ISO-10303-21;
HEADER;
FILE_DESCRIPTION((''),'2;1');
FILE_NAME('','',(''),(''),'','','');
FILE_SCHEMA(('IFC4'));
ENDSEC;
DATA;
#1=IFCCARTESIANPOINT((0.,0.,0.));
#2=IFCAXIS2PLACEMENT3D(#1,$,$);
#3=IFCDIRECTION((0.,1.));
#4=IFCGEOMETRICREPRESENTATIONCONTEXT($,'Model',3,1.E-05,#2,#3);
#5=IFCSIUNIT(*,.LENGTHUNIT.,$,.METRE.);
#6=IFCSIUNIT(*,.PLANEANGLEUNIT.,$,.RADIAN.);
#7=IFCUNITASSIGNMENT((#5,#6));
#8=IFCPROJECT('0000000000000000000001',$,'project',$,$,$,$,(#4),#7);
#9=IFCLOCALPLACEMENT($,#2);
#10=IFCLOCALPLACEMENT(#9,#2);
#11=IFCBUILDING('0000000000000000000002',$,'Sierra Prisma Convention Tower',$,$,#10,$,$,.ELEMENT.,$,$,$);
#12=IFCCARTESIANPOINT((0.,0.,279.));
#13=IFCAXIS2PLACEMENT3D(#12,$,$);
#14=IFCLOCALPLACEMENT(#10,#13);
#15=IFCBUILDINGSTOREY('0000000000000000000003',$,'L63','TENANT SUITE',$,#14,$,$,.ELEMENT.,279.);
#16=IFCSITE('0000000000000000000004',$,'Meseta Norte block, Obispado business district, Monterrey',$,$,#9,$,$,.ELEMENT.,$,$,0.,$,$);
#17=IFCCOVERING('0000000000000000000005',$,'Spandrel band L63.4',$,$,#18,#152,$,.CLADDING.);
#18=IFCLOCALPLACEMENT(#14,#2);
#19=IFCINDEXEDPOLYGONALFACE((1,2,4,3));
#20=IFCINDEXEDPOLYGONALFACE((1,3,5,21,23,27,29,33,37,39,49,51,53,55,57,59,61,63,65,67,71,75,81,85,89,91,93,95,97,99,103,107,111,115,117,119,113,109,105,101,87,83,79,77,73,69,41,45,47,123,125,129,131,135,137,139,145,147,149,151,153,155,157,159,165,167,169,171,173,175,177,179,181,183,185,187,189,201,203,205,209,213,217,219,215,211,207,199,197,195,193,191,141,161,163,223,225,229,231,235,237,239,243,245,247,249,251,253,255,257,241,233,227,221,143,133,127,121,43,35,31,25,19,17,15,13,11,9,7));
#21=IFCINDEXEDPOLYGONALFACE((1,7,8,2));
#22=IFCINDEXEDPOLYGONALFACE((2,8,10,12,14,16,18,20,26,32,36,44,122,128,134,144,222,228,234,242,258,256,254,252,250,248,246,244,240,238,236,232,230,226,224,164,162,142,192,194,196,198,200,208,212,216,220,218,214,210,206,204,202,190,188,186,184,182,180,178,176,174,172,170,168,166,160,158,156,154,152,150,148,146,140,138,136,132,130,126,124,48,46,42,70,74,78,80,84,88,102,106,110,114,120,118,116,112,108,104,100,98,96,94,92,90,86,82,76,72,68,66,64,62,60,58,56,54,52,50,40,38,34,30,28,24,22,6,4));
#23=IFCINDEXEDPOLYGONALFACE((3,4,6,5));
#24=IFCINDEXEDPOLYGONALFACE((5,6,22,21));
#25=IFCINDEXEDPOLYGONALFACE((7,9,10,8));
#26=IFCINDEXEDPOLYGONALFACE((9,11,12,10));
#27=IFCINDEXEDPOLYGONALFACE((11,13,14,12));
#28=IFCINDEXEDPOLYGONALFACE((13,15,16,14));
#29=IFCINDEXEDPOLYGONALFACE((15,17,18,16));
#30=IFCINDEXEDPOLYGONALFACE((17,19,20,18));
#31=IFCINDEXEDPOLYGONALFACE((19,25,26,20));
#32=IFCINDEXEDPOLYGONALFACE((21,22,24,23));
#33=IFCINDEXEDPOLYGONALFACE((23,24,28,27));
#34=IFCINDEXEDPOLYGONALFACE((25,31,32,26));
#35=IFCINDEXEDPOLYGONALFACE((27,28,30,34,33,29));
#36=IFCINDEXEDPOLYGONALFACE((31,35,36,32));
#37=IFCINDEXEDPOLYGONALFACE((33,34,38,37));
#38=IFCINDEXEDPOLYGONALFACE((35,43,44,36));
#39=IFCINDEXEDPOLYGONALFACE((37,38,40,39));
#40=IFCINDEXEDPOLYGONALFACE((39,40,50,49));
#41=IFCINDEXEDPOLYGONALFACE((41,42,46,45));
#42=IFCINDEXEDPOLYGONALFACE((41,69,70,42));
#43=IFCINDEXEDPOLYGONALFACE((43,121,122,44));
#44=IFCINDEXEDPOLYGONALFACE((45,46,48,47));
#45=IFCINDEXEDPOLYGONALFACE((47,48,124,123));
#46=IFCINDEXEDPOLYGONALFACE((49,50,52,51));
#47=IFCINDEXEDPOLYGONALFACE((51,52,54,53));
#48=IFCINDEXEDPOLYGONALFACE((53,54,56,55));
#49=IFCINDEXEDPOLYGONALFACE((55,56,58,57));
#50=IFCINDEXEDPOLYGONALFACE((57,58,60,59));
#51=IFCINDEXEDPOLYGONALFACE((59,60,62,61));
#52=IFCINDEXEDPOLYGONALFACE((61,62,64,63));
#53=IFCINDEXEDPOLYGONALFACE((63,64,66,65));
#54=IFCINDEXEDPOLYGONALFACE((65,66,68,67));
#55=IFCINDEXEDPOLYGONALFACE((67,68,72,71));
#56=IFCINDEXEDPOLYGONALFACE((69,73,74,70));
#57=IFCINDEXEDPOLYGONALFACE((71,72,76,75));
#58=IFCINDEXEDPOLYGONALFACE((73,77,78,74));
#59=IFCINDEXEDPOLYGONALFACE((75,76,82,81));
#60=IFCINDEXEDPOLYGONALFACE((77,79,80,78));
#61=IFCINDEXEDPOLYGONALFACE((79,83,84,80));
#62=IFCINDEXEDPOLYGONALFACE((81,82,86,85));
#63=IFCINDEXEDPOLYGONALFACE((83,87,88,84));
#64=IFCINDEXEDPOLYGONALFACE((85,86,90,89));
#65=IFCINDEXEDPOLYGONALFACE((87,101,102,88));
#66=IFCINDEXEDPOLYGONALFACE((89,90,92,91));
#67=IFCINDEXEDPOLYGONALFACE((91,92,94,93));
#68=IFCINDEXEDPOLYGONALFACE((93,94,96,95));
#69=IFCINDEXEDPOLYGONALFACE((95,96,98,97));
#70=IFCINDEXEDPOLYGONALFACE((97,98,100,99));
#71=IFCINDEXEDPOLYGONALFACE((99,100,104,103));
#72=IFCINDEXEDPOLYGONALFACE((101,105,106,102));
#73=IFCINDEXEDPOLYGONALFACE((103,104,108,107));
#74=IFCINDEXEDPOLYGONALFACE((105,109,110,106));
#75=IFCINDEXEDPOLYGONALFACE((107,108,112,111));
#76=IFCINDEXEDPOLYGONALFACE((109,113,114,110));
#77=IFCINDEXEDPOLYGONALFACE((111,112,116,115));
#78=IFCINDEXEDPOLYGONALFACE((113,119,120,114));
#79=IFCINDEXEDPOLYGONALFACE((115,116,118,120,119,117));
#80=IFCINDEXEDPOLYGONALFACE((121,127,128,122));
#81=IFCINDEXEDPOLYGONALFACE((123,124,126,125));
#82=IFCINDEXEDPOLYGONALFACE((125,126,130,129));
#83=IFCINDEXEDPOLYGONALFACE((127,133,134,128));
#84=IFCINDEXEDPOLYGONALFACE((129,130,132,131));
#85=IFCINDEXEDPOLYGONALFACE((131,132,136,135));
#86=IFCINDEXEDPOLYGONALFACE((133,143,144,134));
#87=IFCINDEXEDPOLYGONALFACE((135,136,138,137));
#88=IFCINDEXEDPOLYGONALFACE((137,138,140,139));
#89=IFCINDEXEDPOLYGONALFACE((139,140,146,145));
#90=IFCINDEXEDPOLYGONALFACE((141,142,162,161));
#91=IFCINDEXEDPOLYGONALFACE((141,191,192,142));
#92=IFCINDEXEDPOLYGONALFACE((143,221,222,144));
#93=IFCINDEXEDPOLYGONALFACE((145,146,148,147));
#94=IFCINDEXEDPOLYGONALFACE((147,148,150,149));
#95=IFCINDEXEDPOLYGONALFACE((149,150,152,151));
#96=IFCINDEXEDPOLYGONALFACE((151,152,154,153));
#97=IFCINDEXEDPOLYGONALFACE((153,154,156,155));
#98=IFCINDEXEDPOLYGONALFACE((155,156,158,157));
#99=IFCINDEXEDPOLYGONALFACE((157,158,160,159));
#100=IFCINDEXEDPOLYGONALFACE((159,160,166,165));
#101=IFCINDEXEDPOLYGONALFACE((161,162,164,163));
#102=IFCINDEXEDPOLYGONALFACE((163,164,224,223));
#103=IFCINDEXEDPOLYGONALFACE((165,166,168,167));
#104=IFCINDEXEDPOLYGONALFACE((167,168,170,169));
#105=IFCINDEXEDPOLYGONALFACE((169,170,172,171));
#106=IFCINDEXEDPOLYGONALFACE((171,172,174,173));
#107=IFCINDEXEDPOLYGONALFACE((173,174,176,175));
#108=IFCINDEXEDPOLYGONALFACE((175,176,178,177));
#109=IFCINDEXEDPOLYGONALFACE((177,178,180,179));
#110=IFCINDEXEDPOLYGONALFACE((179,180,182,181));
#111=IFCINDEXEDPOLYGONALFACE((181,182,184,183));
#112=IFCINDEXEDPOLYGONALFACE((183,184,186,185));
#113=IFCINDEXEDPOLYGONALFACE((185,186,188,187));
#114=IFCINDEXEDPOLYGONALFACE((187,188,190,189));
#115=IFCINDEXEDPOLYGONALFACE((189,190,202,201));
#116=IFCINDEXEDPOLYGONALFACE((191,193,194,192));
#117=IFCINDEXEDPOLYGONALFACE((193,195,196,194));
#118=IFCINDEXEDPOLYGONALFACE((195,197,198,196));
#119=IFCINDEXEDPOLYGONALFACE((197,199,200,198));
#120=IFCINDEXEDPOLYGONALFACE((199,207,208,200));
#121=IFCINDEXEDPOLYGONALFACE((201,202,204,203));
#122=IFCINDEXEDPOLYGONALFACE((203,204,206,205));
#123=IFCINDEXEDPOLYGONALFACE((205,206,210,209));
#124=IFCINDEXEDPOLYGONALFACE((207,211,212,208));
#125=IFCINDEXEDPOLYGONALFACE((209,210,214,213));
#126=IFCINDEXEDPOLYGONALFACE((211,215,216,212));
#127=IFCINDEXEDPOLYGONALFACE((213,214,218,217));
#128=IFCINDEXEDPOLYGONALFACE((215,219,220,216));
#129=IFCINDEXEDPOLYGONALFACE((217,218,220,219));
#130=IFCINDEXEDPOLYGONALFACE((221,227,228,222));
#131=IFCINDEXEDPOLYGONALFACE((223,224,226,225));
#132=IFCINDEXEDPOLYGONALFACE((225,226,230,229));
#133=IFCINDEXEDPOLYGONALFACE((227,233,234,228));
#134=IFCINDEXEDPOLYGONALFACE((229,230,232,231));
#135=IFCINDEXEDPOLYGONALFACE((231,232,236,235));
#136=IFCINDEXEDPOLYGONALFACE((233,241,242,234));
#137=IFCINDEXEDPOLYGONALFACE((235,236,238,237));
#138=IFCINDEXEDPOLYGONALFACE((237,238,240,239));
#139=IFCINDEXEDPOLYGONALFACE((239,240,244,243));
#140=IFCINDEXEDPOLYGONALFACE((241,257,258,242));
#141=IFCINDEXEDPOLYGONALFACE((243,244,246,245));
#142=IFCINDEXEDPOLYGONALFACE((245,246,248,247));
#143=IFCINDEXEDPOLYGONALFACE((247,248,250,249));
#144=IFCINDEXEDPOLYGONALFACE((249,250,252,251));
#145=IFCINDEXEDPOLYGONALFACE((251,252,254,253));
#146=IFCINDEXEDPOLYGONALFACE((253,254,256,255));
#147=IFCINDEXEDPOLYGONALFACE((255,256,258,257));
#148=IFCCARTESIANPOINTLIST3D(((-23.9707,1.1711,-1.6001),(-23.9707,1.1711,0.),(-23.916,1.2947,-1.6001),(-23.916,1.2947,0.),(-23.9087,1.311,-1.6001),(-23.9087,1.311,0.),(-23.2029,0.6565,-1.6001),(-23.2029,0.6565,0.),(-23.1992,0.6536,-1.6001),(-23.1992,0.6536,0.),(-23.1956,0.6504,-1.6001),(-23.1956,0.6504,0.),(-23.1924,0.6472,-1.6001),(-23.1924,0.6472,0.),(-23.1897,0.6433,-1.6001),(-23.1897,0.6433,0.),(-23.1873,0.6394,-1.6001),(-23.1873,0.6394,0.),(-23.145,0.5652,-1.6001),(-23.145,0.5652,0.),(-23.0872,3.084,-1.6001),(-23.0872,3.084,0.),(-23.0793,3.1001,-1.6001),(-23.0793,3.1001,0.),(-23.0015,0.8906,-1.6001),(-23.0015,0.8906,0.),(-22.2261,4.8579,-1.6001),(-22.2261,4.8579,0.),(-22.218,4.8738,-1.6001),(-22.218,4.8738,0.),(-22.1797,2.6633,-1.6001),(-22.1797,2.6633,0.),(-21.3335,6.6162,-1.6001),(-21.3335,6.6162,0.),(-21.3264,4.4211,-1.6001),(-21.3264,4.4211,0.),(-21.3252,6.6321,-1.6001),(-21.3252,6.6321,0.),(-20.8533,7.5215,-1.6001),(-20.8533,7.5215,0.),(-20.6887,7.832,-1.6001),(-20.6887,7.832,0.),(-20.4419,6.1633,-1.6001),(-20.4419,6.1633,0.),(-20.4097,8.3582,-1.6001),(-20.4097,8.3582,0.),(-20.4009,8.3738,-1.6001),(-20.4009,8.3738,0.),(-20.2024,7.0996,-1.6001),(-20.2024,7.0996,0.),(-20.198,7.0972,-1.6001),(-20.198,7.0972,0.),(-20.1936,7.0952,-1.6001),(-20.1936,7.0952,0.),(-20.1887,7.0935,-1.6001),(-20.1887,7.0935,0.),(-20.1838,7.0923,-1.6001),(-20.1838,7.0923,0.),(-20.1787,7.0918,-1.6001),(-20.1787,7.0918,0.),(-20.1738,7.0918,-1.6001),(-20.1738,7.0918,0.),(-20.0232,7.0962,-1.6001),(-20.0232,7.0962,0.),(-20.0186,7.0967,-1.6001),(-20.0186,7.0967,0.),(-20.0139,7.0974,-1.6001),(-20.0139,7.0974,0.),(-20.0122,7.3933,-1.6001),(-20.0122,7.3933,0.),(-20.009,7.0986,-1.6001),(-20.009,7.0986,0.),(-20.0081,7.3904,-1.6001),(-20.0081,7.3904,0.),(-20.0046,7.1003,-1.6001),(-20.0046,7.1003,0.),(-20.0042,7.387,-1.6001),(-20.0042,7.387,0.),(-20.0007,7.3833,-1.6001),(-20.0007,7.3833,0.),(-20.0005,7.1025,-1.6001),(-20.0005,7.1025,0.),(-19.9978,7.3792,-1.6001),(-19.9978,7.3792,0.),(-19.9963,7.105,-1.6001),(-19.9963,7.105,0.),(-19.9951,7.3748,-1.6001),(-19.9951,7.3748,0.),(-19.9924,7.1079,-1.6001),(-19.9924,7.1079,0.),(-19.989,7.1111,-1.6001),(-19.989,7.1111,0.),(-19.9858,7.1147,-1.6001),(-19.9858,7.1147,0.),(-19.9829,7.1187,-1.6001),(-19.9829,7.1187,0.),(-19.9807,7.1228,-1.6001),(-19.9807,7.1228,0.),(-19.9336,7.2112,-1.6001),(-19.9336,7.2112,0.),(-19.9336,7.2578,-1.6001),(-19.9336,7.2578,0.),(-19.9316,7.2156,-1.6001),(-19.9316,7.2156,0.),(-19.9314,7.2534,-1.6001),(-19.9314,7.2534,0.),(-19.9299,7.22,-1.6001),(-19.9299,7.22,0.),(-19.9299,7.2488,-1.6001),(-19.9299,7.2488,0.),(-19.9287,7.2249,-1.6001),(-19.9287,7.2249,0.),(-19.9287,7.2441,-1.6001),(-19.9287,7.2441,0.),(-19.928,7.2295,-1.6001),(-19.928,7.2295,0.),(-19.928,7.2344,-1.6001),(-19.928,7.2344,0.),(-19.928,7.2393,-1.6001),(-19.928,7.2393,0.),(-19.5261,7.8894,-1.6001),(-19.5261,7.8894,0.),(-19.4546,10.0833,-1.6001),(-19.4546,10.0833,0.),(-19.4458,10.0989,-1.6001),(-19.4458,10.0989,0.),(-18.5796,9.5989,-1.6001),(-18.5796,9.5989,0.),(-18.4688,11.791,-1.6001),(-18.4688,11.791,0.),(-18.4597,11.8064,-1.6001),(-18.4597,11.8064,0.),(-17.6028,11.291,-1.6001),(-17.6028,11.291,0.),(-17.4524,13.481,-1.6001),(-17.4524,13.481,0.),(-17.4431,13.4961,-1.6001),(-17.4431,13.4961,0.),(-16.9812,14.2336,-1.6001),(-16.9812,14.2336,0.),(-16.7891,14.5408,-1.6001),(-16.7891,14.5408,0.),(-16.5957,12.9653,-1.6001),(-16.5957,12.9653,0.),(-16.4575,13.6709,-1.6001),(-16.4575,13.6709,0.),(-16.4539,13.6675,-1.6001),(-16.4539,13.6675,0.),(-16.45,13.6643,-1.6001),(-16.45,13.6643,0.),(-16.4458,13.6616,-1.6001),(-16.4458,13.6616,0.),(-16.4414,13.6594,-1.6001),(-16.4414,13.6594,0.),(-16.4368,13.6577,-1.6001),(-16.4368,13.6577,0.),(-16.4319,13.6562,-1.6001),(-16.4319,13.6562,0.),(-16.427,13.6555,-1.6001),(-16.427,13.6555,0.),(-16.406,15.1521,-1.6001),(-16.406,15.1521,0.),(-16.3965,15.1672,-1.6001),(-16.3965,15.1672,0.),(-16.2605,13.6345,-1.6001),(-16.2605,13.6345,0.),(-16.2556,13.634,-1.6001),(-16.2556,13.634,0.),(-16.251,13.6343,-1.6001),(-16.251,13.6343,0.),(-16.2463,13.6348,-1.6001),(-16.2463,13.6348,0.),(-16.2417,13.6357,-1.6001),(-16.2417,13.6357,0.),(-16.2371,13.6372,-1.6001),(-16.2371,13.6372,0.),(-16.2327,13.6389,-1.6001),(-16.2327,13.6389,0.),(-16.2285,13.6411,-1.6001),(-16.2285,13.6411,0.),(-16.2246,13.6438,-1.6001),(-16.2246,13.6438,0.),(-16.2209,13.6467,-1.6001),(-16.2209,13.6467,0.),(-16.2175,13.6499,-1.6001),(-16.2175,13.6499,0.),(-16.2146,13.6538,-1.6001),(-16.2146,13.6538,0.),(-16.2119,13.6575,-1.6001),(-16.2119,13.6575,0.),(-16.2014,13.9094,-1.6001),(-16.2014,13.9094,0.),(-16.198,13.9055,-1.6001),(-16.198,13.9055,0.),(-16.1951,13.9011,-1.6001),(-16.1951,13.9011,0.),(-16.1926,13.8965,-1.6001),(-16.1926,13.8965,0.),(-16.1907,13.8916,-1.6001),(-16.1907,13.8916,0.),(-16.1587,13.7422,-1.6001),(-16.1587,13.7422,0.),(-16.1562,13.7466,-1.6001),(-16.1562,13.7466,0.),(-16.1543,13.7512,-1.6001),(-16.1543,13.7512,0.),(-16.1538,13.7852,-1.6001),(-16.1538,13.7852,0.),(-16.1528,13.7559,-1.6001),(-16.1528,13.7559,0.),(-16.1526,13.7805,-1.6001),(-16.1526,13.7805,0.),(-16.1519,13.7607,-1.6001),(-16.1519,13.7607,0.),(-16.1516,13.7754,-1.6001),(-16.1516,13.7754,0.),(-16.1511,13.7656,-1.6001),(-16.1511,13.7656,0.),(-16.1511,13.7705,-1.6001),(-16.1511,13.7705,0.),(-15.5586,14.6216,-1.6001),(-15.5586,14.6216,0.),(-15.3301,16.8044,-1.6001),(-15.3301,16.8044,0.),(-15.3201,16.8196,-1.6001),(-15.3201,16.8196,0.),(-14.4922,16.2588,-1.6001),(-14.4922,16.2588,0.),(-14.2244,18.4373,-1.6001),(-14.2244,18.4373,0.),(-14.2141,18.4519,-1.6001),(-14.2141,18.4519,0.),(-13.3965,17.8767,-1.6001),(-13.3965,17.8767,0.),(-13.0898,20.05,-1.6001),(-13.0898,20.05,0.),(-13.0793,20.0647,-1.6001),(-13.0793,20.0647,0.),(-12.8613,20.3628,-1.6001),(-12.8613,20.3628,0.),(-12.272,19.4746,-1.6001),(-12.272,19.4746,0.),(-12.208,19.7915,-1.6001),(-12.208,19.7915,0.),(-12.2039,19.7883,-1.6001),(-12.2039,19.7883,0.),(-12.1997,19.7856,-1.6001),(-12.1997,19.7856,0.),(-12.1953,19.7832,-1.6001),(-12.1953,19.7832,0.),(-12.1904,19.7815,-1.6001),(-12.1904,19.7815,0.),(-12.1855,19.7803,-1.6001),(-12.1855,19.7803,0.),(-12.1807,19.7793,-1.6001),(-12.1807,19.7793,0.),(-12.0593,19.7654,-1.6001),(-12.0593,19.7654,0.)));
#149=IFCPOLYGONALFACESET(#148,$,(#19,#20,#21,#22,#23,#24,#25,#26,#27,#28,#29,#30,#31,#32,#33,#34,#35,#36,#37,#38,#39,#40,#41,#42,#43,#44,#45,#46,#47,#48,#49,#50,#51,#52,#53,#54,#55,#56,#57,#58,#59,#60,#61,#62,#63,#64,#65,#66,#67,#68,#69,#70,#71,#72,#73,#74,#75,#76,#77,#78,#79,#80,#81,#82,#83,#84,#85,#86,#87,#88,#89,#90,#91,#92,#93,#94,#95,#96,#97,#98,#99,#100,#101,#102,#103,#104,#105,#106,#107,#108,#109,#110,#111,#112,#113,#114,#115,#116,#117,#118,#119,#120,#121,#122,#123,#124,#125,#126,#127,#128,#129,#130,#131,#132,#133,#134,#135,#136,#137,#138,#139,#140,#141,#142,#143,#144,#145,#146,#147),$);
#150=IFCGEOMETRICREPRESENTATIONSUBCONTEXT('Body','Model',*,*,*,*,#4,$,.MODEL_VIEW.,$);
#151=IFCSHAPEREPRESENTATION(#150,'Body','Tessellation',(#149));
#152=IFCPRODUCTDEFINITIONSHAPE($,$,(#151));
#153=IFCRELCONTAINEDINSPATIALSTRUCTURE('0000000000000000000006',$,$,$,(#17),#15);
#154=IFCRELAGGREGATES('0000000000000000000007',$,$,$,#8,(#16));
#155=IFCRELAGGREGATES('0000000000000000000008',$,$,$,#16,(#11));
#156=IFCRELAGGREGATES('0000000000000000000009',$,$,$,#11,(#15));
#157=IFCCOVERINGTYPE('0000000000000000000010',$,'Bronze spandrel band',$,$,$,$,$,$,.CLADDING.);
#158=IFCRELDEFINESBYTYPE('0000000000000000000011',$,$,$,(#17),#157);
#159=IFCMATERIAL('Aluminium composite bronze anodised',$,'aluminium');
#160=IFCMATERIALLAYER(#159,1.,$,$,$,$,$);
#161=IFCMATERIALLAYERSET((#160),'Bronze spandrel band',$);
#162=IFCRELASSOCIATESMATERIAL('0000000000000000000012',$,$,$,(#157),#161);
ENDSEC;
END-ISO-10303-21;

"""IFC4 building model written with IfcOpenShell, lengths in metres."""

from ifc_helpers import new_model, si_unit, direction, frame, origin, place, context, subcontext, project, spatial, polyline, outline, extrude, material, layer, layer_set, type_object, element, save


model = new_model("IFC4")

# Units and contexts
model_context = context("Model", 3, precision=1e-05, world=origin(), true_north=direction((0.0, 1.0)))
body_context = subcontext(model_context, "Body", "Model", "MODEL_VIEW")
ifc_project = project(units=[si_unit("LENGTHUNIT", "METRE"), si_unit("PLANEANGLEUNIT", "RADIAN")], contexts=[model_context])

# Site, building, storey
site_placement = place(None, origin())
site = spatial("IfcSite", under=ifc_project, at=site_placement, Name="Meseta Norte block, Obispado business district, Monterrey", CompositionType="ELEMENT", RefElevation=0.0)
building_placement = place(site_placement, origin())
building = spatial("IfcBuilding", under=site, at=building_placement, Name="Sierra Prisma Convention Tower", CompositionType="ELEMENT")
storey_placement = place(building_placement, frame((0.0, 0.0, 279.0)))
storey = spatial("IfcBuildingStorey", under=building, at=storey_placement, Name="L63", Description="TENANT SUITE", CompositionType="ELEMENT", Elevation=279.0)

# Covering
ifc_material_1 = material(Name="Aluminium composite bronze anodised", Category="aluminium")
ifc_layer_1 = layer(ifc_material_1, 1.0)
ifc_layer_set_1 = layer_set([ifc_layer_1], Name="Bronze spandrel band")
covering_type = type_object("IfcCoveringType", Name="Bronze spandrel band", PredefinedType="CLADDING", material=ifc_layer_set_1)
covering_1_placement = place(storey_placement, frame((0.0, 0.0, -1.6001)))
element("IfcCovering", 1, at=covering_1_placement, inside=storey, type_object=covering_type, Name="Spandrel band L63.4", PredefinedType="CLADDING", context=body_context, shape_type="SweptSolid", body=[
    extrude(outline(polyline([(-21.3335, 6.6162), (-21.3252, 6.6321), (-20.8533, 7.5215), (-20.2024, 7.0996), (-20.198, 7.0972), (-20.1936, 7.0952), (-20.1887, 7.0935), (-20.1838, 7.0923), (-20.1787, 7.0918), (-20.1738, 7.0918), (-20.0232, 7.0962), (-20.0186, 7.0967), (-20.0139, 7.0974), (-20.009, 7.0986), (-20.0046, 7.1003), (-20.0005, 7.1025), (-19.9963, 7.105), (-19.9924, 7.1079), (-19.989, 7.1111), (-19.9858, 7.1147), (-19.9829, 7.1187), (-19.9807, 7.1228), (-19.9336, 7.2112), (-19.9316, 7.2156), (-19.9299, 7.22), (-19.9287, 7.2249), (-19.928, 7.2295), (-19.928, 7.2344), (-19.928, 7.2393), (-19.9287, 7.2441), (-19.9299, 7.2488), (-19.9314, 7.2534), (-19.9336, 7.2578), (-19.9951, 7.3748), (-19.9978, 7.3792), (-20.0007, 7.3833), (-20.0042, 7.387), (-20.0081, 7.3904), (-20.0122, 7.3933), (-20.6887, 7.832), (-20.4097, 8.3582), (-20.4009, 8.3738), (-19.4546, 10.0833), (-19.4458, 10.0989), (-18.4688, 11.791), (-18.4597, 11.8064), (-17.4524, 13.481), (-17.4431, 13.4961), (-16.9812, 14.2336), (-16.4575, 13.6709), (-16.4539, 13.6675), (-16.45, 13.6643), (-16.4458, 13.6616), (-16.4414, 13.6594), (-16.4368, 13.6577), (-16.4319, 13.6562), (-16.427, 13.6555), (-16.2605, 13.6345), (-16.2556, 13.634), (-16.251, 13.6343), (-16.2463, 13.6348), (-16.2417, 13.6357), (-16.2371, 13.6372), (-16.2327, 13.6389), (-16.2285, 13.6411), (-16.2246, 13.6438), (-16.2209, 13.6467), (-16.2175, 13.6499), (-16.2146, 13.6538), (-16.2119, 13.6575), (-16.1587, 13.7422), (-16.1562, 13.7466), (-16.1543, 13.7512), (-16.1528, 13.7559), (-16.1519, 13.7607), (-16.1511, 13.7656), (-16.1511, 13.7705), (-16.1516, 13.7754), (-16.1526, 13.7805), (-16.1538, 13.7852), (-16.1907, 13.8916), (-16.1926, 13.8965), (-16.1951, 13.9011), (-16.198, 13.9055), (-16.2014, 13.9094), (-16.7891, 14.5408), (-16.406, 15.1521), (-16.3965, 15.1672), (-15.3301, 16.8044), (-15.3201, 16.8196), (-14.2244, 18.4373), (-14.2141, 18.4519), (-13.0898, 20.05), (-13.0793, 20.0647), (-12.8613, 20.3628), (-12.208, 19.7915), (-12.2039, 19.7883), (-12.1997, 19.7856), (-12.1953, 19.7832), (-12.1904, 19.7815), (-12.1855, 19.7803), (-12.1807, 19.7793), (-12.0593, 19.7654), (-12.272, 19.4746), (-13.3965, 17.8767), (-14.4922, 16.2588), (-15.5586, 14.6216), (-16.5957, 12.9653), (-17.6028, 11.291), (-18.5796, 9.5989), (-19.5261, 7.8894), (-20.4419, 6.1633), (-21.3264, 4.4211), (-22.1797, 2.6633), (-23.0015, 0.8906), (-23.145, 0.5652), (-23.1873, 0.6394), (-23.1897, 0.6433), (-23.1924, 0.6472), (-23.1956, 0.6504), (-23.1992, 0.6536), (-23.2029, 0.6565), (-23.9707, 1.1711), (-23.916, 1.2947), (-23.9087, 1.311), (-23.0872, 3.084), (-23.0793, 3.1001), (-22.2261, 4.8579), (-22.218, 4.8738), (-21.3335, 6.6162)])), origin(), (0.0, 0.0, 1.0), 1.6001),
])

save(model, "model.ifc")
